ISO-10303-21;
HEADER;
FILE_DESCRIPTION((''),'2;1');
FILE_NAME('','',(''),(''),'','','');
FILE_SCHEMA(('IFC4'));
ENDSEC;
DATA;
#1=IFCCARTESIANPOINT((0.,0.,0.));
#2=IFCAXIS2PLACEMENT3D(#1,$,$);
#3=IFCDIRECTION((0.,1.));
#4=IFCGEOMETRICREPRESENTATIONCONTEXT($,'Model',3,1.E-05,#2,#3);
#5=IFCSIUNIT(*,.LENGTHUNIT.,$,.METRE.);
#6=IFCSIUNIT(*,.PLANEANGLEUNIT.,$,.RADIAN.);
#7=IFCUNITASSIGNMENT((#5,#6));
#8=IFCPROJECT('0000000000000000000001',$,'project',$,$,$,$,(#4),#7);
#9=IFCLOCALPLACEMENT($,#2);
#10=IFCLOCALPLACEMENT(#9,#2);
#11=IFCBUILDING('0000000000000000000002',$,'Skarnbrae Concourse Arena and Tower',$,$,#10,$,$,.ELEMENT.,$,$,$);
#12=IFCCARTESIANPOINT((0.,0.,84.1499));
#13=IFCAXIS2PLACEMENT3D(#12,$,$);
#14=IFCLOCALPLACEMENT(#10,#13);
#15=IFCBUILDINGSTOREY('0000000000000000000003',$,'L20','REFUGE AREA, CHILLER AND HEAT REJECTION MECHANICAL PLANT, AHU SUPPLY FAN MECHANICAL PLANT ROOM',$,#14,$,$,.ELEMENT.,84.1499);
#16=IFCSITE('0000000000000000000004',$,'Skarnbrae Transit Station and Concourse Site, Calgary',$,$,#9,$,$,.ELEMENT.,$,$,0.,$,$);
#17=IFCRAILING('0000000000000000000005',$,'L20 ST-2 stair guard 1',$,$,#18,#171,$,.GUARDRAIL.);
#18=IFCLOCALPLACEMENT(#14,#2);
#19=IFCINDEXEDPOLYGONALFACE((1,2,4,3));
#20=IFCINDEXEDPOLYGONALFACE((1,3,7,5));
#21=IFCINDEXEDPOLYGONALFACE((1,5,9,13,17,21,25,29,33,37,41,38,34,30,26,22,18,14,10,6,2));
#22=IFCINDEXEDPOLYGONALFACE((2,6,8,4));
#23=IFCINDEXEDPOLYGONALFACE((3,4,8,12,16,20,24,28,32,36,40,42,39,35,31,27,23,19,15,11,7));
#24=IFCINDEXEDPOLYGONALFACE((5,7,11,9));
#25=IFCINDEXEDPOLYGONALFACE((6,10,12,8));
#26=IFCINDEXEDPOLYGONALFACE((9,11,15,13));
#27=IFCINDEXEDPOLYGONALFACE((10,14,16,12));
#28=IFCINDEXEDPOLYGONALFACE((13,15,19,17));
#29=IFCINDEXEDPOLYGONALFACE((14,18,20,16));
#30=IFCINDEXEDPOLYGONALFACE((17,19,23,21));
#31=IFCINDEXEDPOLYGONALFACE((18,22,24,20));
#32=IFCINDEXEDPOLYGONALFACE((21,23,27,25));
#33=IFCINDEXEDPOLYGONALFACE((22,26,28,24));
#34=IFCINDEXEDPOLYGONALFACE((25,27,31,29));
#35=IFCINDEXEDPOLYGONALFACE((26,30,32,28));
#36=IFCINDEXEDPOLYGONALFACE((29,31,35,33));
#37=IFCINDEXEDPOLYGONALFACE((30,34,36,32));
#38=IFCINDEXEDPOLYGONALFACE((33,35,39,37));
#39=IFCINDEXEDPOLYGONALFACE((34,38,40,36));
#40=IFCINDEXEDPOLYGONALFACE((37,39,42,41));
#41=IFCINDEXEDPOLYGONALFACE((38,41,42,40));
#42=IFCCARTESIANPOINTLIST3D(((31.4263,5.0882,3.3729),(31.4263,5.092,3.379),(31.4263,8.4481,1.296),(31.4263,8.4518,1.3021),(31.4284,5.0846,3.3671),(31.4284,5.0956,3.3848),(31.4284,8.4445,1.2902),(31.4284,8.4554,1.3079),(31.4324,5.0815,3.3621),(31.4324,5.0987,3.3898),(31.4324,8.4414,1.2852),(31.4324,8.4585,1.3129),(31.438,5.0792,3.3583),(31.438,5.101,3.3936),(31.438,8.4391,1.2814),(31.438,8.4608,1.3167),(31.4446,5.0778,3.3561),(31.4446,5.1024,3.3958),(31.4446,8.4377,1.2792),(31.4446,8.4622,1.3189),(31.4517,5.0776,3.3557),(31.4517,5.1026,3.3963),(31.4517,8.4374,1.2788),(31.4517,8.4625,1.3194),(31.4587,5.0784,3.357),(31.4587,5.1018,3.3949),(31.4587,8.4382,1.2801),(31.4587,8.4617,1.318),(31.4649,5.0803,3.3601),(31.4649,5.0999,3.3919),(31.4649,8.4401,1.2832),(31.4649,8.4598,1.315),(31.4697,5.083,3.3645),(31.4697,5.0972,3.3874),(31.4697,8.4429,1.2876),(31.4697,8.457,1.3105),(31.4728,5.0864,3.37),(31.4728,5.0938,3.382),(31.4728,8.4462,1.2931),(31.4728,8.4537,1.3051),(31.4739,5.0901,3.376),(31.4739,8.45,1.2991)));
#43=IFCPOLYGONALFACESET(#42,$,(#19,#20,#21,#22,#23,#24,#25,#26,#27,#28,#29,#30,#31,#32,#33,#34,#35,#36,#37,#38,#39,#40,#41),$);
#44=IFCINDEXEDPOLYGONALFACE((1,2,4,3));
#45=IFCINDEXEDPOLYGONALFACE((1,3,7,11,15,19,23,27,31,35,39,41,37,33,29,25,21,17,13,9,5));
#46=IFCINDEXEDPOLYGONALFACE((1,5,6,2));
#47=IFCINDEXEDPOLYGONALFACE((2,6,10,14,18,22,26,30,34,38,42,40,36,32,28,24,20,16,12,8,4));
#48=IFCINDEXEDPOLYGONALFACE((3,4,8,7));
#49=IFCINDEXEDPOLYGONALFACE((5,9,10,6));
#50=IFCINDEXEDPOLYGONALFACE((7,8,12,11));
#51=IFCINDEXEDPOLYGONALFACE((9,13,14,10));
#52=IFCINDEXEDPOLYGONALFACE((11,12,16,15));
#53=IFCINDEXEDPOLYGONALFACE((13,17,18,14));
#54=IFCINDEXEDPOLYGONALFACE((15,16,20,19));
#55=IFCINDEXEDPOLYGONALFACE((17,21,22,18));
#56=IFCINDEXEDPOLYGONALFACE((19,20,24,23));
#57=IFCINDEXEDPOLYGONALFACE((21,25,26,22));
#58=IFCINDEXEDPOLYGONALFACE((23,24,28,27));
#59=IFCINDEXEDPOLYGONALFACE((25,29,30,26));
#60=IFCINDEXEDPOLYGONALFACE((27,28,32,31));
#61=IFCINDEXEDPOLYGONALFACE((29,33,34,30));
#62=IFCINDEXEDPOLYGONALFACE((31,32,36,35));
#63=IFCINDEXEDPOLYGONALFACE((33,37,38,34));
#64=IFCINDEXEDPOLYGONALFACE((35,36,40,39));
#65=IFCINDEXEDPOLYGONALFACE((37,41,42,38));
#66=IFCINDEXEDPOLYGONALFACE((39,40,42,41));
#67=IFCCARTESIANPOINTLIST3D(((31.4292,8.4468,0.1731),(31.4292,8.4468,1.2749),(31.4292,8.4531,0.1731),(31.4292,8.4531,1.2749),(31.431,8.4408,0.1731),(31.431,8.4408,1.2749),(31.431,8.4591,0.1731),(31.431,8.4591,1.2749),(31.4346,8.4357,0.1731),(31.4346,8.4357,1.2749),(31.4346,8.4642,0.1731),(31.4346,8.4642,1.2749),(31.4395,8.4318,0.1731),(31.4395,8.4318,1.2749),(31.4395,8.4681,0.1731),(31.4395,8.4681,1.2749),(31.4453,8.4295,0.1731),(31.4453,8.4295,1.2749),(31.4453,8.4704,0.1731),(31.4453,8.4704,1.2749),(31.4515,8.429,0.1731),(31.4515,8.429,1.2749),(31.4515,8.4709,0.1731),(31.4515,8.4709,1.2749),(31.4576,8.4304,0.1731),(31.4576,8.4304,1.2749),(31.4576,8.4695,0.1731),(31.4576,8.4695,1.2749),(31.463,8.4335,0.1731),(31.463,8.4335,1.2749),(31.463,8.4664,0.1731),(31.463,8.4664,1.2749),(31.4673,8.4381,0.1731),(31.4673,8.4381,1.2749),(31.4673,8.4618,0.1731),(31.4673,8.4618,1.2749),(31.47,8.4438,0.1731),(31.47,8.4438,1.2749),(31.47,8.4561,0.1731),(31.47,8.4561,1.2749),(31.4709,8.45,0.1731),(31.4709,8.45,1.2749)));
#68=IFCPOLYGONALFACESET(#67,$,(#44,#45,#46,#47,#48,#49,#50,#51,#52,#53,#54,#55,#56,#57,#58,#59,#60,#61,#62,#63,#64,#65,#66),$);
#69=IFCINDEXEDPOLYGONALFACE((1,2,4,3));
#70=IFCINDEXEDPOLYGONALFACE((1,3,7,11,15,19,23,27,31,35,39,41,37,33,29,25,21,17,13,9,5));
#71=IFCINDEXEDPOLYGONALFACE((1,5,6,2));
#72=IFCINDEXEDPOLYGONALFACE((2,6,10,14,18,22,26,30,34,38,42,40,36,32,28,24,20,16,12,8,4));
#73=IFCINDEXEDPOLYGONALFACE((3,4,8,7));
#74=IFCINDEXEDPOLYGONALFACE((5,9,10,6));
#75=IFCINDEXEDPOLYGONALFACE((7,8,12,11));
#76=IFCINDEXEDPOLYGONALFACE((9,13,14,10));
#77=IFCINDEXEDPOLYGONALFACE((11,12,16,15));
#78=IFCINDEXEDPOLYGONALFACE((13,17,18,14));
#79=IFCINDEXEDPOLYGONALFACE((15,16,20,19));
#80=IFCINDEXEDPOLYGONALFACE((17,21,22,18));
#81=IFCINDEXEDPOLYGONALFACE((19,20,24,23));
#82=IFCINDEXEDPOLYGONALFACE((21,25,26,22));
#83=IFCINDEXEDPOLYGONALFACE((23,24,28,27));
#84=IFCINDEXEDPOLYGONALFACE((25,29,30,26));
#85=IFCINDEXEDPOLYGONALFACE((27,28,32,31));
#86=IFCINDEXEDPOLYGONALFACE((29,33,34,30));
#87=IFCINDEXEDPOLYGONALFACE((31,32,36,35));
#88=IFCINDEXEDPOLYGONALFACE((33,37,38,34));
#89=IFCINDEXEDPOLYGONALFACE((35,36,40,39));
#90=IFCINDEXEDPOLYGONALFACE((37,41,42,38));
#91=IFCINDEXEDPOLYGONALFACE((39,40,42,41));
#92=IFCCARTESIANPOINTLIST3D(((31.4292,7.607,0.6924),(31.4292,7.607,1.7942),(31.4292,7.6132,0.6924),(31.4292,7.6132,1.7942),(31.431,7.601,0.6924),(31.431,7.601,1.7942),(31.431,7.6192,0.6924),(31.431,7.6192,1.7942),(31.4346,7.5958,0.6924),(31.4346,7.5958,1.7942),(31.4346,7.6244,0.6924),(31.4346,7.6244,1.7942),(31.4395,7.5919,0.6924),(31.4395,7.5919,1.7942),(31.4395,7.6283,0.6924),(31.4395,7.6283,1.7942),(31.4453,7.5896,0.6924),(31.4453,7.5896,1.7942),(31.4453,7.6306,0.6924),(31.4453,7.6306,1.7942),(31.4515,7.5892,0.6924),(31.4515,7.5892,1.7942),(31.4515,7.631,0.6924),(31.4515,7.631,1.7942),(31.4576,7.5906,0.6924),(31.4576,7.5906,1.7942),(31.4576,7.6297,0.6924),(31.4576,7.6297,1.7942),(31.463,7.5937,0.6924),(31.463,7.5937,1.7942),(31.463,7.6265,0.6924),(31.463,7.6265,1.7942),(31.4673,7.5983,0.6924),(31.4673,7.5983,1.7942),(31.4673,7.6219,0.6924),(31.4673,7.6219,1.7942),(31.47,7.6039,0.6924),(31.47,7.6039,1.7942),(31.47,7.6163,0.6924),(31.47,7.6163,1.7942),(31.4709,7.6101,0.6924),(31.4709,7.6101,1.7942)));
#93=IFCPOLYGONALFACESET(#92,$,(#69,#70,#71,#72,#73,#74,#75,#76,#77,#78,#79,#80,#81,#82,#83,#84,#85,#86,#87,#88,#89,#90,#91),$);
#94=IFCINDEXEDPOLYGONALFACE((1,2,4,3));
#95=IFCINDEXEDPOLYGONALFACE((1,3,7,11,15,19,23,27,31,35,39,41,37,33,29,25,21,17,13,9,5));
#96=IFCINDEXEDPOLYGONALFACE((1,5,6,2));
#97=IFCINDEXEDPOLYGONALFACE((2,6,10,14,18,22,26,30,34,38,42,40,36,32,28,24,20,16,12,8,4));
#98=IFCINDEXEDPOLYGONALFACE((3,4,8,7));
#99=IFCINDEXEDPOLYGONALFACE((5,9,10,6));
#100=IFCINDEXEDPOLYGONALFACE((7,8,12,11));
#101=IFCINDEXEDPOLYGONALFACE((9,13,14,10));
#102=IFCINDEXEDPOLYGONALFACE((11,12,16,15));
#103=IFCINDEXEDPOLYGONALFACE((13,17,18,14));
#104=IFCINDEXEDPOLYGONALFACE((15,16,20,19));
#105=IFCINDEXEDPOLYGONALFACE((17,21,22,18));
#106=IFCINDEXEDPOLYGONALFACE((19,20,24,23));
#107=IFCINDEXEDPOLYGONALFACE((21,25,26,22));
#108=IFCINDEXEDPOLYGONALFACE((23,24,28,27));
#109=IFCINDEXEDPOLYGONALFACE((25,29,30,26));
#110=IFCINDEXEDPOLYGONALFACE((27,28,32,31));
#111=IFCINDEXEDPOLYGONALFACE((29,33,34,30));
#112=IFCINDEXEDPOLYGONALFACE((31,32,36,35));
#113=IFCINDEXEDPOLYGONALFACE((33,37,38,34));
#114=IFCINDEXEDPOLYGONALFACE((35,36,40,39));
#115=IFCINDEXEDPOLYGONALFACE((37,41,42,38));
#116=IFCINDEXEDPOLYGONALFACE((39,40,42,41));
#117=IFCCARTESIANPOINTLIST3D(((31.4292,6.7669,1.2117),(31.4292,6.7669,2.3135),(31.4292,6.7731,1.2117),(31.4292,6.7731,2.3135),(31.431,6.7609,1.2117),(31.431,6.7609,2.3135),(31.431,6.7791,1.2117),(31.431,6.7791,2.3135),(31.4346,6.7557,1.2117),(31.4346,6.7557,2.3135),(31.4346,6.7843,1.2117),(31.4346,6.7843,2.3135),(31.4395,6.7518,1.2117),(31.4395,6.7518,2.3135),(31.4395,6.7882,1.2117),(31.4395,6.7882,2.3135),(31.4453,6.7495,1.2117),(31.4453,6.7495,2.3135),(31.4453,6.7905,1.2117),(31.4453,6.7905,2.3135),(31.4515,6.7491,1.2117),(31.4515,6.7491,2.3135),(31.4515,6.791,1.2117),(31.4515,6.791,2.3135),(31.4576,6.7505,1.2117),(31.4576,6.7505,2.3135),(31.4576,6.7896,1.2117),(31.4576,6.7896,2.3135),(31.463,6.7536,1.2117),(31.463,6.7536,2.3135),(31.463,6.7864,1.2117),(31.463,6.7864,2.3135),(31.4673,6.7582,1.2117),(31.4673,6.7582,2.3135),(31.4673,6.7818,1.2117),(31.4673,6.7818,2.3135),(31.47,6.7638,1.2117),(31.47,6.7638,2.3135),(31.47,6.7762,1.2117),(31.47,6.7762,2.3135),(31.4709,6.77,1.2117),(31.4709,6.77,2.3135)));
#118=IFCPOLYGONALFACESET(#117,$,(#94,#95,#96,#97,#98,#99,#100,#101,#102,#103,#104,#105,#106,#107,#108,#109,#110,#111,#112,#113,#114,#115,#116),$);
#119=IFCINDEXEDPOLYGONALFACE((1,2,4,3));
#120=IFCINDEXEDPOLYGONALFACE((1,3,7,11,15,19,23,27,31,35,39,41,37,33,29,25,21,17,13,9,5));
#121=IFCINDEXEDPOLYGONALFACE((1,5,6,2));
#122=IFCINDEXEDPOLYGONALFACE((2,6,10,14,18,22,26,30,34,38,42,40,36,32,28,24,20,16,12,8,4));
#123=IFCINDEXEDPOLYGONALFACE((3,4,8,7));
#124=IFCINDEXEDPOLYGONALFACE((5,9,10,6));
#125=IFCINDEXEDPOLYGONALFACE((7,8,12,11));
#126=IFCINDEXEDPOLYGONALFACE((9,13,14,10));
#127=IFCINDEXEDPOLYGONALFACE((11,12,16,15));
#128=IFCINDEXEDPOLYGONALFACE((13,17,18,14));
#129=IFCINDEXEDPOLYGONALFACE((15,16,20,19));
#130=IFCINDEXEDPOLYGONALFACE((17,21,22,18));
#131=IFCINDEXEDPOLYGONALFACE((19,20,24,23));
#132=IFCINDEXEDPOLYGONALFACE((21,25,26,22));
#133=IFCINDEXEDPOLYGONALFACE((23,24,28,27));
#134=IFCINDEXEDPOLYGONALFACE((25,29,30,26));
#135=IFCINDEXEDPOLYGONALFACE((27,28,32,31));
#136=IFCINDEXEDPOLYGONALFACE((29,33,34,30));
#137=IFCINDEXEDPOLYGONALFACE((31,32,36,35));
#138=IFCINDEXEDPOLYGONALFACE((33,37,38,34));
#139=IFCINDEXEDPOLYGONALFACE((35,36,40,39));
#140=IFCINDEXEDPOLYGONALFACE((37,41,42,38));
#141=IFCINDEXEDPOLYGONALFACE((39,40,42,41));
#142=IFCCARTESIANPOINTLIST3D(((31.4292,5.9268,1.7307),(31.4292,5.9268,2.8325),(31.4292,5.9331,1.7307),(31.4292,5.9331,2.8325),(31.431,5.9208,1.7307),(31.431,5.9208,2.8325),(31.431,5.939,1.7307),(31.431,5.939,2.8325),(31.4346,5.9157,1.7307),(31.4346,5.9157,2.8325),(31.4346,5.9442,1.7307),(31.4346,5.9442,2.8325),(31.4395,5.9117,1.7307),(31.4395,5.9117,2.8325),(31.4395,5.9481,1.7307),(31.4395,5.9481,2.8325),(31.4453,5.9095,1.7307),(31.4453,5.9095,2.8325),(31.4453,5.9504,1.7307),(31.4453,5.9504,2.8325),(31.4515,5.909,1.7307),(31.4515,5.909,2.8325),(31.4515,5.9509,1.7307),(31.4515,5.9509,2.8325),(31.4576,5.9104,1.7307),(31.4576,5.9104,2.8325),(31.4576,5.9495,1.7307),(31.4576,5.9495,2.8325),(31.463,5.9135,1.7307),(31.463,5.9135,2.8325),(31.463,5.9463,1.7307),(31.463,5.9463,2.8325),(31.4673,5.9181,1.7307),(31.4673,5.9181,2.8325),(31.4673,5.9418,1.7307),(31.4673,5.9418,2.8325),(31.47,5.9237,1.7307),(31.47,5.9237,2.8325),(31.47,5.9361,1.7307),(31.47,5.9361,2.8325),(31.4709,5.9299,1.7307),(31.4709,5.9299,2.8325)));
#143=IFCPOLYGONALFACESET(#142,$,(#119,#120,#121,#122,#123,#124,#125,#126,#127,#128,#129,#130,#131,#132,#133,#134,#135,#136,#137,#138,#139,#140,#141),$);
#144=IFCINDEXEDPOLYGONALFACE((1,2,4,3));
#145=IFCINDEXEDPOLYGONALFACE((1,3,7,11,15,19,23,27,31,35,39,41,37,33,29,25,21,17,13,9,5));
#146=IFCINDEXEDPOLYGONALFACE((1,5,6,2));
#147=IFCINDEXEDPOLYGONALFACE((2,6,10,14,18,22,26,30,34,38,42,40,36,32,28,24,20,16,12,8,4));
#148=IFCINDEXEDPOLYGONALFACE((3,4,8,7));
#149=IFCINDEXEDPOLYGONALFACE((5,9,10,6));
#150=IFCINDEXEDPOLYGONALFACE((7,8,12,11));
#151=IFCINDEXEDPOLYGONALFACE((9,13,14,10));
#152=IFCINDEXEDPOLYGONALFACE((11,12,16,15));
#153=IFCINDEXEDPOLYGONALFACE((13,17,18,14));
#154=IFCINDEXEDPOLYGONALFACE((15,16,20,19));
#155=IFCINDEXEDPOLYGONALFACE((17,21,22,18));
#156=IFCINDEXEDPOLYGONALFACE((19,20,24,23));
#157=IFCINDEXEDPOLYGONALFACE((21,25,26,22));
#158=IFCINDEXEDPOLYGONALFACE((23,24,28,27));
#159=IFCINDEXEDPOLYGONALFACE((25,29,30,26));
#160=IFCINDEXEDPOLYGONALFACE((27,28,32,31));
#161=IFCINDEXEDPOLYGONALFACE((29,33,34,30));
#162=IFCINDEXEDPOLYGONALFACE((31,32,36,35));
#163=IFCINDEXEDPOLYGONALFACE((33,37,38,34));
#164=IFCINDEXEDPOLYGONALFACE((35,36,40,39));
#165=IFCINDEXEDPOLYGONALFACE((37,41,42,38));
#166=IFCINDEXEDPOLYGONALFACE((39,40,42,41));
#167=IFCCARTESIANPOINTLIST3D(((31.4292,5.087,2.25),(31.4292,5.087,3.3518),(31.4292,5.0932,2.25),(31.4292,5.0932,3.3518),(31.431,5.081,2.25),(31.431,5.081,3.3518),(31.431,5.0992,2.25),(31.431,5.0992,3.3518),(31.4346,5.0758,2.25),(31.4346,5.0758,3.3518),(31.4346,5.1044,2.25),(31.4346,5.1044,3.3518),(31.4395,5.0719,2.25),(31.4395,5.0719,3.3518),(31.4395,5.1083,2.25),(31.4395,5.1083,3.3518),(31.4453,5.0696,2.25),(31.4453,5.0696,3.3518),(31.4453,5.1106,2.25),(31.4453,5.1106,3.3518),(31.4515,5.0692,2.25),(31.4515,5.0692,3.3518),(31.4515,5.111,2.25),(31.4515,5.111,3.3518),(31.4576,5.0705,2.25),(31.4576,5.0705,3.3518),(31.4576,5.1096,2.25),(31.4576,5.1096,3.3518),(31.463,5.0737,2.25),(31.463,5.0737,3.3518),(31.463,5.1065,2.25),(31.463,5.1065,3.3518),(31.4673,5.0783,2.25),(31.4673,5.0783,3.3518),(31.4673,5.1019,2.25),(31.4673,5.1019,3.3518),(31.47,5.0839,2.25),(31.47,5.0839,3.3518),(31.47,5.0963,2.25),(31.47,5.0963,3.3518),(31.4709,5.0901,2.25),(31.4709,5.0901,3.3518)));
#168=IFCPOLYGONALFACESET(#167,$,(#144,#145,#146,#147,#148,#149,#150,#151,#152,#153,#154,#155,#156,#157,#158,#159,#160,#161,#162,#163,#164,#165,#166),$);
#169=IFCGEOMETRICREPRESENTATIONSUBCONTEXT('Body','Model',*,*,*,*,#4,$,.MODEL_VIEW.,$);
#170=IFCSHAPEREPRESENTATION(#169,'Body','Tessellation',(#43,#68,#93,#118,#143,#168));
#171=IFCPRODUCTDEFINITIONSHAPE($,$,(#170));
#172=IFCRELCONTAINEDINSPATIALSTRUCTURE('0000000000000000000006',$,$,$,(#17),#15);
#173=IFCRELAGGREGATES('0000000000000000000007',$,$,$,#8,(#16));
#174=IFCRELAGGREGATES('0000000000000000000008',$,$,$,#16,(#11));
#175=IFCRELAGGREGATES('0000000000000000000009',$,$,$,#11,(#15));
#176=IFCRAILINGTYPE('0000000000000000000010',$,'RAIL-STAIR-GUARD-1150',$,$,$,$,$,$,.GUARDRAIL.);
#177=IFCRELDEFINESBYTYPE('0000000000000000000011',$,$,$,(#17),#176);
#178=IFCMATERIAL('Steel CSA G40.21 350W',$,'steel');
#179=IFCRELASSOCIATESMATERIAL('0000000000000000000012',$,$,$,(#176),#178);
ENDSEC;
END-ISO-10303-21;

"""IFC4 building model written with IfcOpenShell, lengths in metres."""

from ifc_helpers import new_model, si_unit, direction, frame, origin, origin_2d, place, context, subcontext, project, spatial, circle, extrude, material, type_object, element, save


model = new_model("IFC4")

# Units and contexts
model_context = context("Model", 3, precision=1e-05, world=origin(), true_north=direction((0.0, 1.0)))
body_context = subcontext(model_context, "Body", "Model", "MODEL_VIEW")
ifc_project = project(units=[si_unit("LENGTHUNIT", "METRE"), si_unit("PLANEANGLEUNIT", "RADIAN")], contexts=[model_context])

# Site, building, storey
site_placement = place(None, origin())
site = spatial("IfcSite", under=ifc_project, at=site_placement, Name="Skarnbrae Transit Station and Concourse Site, Calgary", CompositionType="ELEMENT", RefElevation=0.0)
building_placement = place(site_placement, origin())
building = spatial("IfcBuilding", under=site, at=building_placement, Name="Skarnbrae Concourse Arena and Tower", CompositionType="ELEMENT")
storey_placement = place(building_placement, frame((0.0, 0.0, 84.1499)))
storey = spatial("IfcBuildingStorey", under=building, at=storey_placement, Name="L20", Description="REFUGE AREA, CHILLER AND HEAT REJECTION MECHANICAL PLANT, AHU SUPPLY FAN MECHANICAL PLANT ROOM", CompositionType="ELEMENT", Elevation=84.1499)

# Shared definitions
ifc_material_1 = material(Name="Steel CSA G40.21 350W", Category="steel")

# Railing
railing_type_1 = type_object("IfcRailingType", Name="RAIL-STAIR-GUARD-1150", PredefinedType="GUARDRAIL", material=ifc_material_1)
railing_1_placement = place(storey_placement, frame((31.45, 8.45, 0.1731)))
element("IfcRailing", 1, at=railing_1_placement, inside=storey, type_object=railing_type_1, Name="L20 ST-2 stair guard 1", PredefinedType="GUARDRAIL", context=body_context, shape_type="SweptSolid", body=[
    extrude(circle(Radius=0.0239, at=origin_2d()), frame((0.0, 0.0, 1.126), z_axis=(0.0, -0.850606, 0.525803), x_axis=(1.0, 0.0, 0.0)), (0.0, 0.0, 1.0), 3.95),
    extrude(circle(Radius=0.021, at=origin_2d()), origin(), (0.0, 0.0, 1.0), 1.1018),
    extrude(circle(Radius=0.021, at=origin_2d()), frame((0.0, -0.8398, 0.5193)), (0.0, 0.0, 1.0), 1.1018),
    extrude(circle(Radius=0.021, at=origin_2d()), frame((0.0, -1.6799, 1.0386)), (0.0, 0.0, 1.0), 1.1018),
    extrude(circle(Radius=0.021, at=origin_2d()), frame((0.0, -2.52, 1.5576)), (0.0, 0.0, 1.0), 1.1018),
    extrude(circle(Radius=0.021, at=origin_2d()), frame((0.0, -3.3599, 2.0769)), (0.0, 0.0, 1.0), 1.1018),
])

save(model, "model.ifc")
